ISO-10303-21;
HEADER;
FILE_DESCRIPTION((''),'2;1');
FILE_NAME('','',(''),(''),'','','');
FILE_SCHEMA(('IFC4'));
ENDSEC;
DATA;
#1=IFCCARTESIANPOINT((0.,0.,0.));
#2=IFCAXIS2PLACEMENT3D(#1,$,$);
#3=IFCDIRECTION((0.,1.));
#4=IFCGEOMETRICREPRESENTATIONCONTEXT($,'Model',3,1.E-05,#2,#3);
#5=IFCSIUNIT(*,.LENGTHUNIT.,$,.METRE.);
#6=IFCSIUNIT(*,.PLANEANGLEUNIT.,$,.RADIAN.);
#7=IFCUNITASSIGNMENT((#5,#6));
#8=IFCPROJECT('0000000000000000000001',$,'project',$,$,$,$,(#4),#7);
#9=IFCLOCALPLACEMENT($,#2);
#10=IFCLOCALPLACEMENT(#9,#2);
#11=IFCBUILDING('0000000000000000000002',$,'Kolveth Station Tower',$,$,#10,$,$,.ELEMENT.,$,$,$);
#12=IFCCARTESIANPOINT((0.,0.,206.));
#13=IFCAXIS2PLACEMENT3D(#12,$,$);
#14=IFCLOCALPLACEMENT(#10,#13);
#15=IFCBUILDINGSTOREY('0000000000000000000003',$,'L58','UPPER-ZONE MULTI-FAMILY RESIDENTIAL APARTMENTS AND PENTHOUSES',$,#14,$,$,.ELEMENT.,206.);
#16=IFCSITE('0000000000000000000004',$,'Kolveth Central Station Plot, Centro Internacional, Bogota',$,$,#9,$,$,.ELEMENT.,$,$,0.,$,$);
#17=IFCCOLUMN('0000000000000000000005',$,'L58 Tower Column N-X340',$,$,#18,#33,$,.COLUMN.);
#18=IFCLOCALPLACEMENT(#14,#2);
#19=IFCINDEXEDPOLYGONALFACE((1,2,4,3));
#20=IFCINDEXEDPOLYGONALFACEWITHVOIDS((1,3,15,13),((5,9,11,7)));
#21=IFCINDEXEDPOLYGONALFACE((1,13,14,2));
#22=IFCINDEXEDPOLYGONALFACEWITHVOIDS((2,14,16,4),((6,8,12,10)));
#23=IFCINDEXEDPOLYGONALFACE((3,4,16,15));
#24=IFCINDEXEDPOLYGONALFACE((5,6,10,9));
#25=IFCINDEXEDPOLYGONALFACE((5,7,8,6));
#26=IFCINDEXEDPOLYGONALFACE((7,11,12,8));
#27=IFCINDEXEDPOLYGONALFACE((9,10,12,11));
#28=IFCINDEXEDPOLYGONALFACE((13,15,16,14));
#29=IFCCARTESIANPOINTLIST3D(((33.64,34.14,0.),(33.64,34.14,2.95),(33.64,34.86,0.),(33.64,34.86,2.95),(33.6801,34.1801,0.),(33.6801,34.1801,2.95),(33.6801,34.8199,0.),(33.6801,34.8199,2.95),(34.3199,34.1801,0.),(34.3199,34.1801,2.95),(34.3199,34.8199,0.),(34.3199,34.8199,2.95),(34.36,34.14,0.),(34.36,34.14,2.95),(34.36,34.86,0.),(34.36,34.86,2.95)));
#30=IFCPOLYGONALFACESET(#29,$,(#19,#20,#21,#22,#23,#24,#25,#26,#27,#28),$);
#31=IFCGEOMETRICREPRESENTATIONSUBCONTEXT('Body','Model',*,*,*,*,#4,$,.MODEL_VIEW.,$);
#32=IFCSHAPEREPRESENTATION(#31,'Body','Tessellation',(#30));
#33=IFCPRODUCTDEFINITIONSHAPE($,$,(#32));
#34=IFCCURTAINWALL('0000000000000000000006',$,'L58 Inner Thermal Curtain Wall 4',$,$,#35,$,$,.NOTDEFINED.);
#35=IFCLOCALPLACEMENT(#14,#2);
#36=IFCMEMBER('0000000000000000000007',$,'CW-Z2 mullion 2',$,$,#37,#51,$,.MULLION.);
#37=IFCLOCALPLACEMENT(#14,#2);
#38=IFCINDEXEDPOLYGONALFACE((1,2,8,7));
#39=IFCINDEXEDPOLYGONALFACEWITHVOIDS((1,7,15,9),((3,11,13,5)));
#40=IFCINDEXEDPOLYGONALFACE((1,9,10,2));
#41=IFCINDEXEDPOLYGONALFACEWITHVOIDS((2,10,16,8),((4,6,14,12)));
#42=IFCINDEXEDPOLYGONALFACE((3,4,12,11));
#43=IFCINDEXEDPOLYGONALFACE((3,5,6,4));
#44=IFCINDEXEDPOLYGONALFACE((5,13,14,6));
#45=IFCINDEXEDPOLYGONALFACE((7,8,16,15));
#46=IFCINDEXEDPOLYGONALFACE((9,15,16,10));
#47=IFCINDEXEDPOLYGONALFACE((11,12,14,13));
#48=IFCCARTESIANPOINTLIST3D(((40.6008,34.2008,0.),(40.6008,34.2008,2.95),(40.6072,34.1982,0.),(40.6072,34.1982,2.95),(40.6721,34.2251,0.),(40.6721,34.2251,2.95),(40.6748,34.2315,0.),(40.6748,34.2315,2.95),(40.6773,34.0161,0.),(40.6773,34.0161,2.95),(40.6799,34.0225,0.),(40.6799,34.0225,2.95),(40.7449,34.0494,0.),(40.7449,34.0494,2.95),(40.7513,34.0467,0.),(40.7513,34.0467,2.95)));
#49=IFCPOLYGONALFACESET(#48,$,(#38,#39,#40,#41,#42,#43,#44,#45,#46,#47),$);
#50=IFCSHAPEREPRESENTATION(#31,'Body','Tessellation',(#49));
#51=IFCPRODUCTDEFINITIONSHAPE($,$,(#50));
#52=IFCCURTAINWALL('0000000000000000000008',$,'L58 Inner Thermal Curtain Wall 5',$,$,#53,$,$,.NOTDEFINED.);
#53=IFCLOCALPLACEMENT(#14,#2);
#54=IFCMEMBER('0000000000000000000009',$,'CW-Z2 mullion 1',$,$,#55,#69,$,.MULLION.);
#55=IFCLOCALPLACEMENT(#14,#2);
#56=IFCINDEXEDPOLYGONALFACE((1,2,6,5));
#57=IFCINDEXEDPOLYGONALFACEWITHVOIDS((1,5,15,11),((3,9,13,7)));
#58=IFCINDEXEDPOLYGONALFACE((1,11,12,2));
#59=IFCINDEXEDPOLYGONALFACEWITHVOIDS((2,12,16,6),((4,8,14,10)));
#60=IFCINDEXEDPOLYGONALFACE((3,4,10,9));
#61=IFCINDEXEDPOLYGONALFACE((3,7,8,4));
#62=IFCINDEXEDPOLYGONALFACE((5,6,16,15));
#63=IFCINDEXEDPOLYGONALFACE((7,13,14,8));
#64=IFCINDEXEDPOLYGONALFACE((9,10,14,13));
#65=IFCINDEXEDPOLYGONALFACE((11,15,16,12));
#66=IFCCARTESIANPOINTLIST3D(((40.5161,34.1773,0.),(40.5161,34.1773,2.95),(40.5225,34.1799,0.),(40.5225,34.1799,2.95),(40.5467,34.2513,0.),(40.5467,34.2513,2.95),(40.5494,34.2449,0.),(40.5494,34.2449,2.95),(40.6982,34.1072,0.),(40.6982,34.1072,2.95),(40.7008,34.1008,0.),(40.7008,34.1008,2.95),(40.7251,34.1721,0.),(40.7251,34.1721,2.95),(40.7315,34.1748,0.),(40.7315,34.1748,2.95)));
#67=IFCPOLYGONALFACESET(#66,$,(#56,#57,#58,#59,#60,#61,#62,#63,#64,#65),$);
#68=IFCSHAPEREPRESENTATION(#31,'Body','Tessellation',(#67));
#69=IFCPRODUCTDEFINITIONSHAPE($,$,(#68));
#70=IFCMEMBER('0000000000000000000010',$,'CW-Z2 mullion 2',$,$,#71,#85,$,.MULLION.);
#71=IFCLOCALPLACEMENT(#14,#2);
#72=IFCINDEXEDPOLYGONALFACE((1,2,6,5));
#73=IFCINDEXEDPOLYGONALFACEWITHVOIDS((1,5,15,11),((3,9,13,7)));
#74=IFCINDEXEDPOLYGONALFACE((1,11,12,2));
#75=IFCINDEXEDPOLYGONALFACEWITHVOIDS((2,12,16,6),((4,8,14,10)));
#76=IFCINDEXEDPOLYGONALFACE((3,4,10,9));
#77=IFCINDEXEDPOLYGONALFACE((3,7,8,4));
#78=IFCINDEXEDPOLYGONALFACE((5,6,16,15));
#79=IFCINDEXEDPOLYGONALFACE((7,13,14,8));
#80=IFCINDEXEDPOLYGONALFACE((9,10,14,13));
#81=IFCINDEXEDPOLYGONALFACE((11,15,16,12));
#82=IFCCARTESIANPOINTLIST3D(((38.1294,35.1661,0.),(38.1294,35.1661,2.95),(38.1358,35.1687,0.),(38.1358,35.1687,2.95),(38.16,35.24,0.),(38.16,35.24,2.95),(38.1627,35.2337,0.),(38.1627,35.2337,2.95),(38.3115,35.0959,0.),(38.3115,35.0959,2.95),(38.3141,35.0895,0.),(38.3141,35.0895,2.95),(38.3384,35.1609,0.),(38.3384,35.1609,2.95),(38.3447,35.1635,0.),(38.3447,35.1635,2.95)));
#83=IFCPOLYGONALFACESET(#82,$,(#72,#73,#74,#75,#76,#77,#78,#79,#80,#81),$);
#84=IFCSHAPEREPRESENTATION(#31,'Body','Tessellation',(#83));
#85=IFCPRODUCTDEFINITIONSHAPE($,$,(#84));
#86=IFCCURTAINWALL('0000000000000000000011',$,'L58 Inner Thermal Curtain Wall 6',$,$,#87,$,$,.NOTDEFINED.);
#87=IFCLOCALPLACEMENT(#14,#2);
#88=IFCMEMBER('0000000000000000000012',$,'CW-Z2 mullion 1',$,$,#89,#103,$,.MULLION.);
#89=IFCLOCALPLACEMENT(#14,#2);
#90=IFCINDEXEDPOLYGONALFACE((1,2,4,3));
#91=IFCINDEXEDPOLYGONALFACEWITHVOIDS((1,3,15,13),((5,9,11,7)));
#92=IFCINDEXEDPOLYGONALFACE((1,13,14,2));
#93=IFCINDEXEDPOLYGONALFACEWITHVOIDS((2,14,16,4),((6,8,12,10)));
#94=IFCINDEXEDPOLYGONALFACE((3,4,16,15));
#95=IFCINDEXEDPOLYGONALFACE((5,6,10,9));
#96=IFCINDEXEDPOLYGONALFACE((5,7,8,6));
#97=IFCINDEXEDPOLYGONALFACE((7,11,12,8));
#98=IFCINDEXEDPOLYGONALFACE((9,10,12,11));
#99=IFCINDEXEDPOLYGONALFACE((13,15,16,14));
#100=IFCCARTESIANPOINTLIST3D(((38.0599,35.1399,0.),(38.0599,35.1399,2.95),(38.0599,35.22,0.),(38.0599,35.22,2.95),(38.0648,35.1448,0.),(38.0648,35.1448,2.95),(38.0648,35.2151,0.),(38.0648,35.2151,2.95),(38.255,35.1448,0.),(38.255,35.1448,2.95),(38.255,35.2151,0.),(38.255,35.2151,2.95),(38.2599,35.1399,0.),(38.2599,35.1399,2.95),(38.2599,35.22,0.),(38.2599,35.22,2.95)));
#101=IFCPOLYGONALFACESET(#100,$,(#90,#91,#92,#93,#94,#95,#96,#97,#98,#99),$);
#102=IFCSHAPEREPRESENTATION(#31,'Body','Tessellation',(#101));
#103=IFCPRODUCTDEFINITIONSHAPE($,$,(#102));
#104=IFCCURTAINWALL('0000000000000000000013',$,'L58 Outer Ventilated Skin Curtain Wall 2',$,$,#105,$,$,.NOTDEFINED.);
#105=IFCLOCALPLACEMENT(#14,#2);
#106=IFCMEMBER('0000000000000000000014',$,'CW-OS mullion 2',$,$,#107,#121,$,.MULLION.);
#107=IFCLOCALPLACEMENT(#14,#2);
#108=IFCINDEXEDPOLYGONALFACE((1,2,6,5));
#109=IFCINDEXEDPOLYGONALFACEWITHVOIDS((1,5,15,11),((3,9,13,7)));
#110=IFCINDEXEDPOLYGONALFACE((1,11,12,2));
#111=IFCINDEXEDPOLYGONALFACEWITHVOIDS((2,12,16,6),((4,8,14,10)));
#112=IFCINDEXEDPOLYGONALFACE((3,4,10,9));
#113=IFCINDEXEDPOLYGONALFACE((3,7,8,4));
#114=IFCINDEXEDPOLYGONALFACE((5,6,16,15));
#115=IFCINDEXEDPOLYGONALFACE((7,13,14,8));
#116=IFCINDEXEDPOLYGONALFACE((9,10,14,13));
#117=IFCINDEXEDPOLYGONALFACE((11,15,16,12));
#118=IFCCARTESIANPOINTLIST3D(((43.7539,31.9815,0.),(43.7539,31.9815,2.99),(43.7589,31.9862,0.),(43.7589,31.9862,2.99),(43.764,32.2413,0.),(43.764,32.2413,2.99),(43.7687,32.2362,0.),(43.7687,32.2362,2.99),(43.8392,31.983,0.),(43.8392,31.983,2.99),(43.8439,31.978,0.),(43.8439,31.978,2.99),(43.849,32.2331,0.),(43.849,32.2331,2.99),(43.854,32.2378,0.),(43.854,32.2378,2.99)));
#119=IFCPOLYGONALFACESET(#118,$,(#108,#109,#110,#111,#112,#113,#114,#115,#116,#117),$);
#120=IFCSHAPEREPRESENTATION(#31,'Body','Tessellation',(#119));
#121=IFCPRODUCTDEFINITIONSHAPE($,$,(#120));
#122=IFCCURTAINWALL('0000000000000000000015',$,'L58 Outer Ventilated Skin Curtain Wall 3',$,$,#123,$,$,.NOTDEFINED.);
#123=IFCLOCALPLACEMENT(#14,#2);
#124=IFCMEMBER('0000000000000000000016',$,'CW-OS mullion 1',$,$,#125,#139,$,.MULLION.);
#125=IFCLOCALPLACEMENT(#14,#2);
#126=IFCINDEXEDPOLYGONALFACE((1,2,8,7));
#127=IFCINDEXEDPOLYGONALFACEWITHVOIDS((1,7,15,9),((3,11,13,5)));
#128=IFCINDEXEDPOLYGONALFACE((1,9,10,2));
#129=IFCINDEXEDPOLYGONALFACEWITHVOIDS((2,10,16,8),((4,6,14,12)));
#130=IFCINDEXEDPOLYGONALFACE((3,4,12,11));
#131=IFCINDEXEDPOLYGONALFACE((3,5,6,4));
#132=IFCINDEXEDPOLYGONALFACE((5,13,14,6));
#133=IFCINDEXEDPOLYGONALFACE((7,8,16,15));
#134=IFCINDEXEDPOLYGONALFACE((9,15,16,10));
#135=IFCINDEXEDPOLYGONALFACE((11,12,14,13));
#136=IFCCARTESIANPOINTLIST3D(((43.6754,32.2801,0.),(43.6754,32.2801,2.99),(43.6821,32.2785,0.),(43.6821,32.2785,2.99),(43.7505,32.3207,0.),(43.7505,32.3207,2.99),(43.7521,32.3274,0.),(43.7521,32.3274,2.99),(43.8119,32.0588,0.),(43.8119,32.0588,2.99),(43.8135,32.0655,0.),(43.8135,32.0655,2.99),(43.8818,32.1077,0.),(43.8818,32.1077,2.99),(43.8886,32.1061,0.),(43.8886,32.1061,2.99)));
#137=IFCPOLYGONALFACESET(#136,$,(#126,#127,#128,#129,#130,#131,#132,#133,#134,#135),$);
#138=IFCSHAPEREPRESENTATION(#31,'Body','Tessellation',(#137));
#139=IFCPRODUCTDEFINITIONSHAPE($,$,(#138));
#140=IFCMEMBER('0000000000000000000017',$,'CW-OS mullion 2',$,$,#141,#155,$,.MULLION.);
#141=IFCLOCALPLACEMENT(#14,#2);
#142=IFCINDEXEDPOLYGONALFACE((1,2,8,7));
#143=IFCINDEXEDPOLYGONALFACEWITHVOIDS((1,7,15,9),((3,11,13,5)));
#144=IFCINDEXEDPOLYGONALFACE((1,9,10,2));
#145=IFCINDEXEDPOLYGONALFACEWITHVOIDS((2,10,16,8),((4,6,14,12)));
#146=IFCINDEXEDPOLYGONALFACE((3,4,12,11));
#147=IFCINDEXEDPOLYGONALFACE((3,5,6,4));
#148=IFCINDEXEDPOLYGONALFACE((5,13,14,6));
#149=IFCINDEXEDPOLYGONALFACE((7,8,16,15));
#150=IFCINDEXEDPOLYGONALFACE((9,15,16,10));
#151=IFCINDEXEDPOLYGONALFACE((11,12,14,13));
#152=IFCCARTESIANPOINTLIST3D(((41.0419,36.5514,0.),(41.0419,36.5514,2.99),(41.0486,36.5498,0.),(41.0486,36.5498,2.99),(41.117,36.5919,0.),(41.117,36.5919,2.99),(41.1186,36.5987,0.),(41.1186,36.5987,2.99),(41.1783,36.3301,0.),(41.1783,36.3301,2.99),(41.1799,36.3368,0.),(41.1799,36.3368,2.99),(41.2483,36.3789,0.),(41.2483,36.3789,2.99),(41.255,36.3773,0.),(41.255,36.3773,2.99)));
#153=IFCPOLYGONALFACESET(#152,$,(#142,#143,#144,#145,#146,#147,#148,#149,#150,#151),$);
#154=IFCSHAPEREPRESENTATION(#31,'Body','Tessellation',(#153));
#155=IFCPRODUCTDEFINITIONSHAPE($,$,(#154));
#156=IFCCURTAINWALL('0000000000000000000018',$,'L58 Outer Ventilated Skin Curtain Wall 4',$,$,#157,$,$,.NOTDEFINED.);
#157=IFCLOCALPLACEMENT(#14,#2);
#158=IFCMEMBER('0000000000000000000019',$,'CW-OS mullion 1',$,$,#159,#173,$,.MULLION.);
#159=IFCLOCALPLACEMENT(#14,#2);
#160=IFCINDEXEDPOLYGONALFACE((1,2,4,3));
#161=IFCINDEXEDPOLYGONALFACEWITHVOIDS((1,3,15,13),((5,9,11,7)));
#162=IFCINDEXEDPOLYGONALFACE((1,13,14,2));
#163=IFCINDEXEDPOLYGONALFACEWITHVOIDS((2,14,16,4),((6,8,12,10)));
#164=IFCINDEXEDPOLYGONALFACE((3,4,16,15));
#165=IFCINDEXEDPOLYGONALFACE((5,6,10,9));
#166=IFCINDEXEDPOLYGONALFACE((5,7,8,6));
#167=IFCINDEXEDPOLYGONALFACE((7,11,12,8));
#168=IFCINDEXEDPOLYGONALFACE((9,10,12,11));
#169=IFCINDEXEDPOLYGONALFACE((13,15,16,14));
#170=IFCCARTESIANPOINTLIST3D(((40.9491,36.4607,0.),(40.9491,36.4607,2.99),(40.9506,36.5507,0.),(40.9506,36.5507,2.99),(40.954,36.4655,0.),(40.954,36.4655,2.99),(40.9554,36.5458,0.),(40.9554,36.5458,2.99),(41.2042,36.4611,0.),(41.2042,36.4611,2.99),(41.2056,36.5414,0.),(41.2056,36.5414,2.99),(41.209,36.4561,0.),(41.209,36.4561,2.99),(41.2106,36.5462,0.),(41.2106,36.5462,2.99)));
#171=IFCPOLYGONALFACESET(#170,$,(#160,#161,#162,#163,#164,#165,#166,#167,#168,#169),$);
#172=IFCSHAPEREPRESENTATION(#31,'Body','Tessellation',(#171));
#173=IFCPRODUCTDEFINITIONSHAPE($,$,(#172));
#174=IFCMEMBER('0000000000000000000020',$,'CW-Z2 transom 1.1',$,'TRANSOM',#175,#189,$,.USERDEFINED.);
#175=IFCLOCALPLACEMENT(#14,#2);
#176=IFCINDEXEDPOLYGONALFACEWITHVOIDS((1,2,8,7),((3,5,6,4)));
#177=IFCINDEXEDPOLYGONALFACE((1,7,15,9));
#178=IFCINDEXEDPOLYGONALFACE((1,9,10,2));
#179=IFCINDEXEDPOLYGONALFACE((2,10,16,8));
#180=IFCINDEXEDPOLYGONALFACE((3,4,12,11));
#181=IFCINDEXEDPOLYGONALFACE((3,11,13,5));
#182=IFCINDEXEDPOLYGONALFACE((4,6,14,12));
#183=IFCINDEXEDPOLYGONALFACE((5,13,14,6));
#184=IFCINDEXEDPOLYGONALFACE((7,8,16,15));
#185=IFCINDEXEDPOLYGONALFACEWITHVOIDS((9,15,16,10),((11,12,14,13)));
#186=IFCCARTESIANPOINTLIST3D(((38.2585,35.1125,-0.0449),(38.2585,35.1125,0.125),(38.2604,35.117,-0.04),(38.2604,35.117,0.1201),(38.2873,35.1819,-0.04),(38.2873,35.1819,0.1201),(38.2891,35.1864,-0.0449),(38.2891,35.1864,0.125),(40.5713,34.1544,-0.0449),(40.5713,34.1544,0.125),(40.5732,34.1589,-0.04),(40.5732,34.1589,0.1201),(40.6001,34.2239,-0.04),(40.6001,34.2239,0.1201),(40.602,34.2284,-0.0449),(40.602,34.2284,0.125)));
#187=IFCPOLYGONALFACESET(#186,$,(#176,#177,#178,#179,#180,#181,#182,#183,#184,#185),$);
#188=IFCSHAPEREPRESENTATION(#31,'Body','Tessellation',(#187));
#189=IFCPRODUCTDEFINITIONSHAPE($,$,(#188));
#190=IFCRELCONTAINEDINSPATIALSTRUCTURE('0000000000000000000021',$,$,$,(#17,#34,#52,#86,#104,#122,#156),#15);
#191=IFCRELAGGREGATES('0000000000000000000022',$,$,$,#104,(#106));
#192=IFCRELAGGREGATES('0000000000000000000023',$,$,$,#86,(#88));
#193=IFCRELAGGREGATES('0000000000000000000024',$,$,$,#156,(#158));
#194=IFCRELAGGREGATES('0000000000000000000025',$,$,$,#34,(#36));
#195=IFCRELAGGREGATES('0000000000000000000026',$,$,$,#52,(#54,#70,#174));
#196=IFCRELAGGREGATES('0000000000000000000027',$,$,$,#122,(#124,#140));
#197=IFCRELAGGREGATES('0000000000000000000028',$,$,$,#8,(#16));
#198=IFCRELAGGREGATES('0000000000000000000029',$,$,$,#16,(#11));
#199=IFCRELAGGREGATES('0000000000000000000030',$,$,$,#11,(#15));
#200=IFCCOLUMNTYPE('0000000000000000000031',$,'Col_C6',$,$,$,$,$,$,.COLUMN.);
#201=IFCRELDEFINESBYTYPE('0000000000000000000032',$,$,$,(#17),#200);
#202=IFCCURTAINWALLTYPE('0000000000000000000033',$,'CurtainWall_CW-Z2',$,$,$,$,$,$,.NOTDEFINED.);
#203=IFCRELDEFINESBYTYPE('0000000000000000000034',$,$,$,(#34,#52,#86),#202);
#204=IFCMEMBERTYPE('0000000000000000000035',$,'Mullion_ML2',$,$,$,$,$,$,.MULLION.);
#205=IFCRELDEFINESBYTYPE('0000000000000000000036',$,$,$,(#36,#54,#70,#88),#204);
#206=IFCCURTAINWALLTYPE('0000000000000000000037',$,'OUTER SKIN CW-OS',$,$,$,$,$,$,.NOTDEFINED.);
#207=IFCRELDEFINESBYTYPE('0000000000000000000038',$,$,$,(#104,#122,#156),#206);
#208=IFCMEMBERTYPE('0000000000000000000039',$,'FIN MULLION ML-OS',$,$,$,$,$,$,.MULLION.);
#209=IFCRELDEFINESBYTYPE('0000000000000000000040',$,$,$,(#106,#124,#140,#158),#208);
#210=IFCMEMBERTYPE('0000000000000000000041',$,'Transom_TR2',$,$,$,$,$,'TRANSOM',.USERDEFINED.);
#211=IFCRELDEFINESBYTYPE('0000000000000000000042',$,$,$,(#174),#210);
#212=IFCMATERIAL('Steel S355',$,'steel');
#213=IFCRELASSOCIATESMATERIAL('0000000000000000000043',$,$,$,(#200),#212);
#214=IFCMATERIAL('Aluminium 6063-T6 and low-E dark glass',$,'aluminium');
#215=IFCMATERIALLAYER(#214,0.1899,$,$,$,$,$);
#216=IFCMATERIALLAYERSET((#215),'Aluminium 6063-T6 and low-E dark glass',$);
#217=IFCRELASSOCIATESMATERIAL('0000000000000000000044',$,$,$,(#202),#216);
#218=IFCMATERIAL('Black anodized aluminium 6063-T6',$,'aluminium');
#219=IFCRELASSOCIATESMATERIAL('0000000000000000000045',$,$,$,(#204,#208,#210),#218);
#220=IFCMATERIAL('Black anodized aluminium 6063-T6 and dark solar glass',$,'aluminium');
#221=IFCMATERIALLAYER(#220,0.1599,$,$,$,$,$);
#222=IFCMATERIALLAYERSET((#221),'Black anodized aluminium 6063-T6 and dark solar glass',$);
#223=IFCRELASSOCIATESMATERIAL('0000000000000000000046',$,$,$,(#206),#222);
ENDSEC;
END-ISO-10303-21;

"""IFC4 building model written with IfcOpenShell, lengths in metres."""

from ifc_helpers import new_model, si_unit, direction, frame, origin, origin_2d, place, context, subcontext, project, spatial, hollow_rectangle, extrude, source, transform, mapped, material, layer, layer_set, material_profile, profile_set, type_object, element, aggregate, save


model = new_model("IFC4")

# Units and contexts
model_context = context("Model", 3, precision=1e-05, world=origin(), true_north=direction((0.0, 1.0)))
body_context = subcontext(model_context, "Body", "Model", "MODEL_VIEW")
ifc_project = project(units=[si_unit("LENGTHUNIT", "METRE"), si_unit("PLANEANGLEUNIT", "RADIAN")], contexts=[model_context])

# Site, building, storey
site_placement = place(None, origin())
site = spatial("IfcSite", under=ifc_project, at=site_placement, Name="Kolveth Central Station Plot, Centro Internacional, Bogota", CompositionType="ELEMENT", RefElevation=0.0)
building_placement = place(site_placement, origin())
building = spatial("IfcBuilding", under=site, at=building_placement, Name="Kolveth Station Tower", CompositionType="ELEMENT")
storey_placement = place(building_placement, frame((0.0, 0.0, 206.0)))
storey = spatial("IfcBuildingStorey", under=building, at=storey_placement, Name="L58", Description="UPPER-ZONE MULTI-FAMILY RESIDENTIAL APARTMENTS AND PENTHOUSES", CompositionType="ELEMENT", Elevation=206.0)

# Column
ifc_material_1 = material(Name="Steel S355", Category="steel")
ifc_material_profile_1 = material_profile(ifc_material_1, hollow_rectangle(XDim=0.72, YDim=0.72, WallThickness=0.04, at=origin_2d()), Name="BOX720x720x40")
ifc_profile_set_1 = profile_set([ifc_material_profile_1], Name="Steel S355")
column_type = type_object("IfcColumnType", Name="Col_C6", PredefinedType="COLUMN", material=ifc_profile_set_1)
shared_shape_1 = source(origin(), body_context, "Body", "SweptSolid", [
    extrude(hollow_rectangle(XDim=0.72, YDim=0.72, WallThickness=0.04, at=origin_2d()), origin(), (0.0, 0.0, 1.0), 2.95),
])
column_placement = place(storey_placement, frame((34.0, 34.5, 0.0), z_axis=(0.0, 0.0, 1.0), x_axis=(1.0, 0.0, 0.0)))
element("IfcColumn", 1, at=column_placement, inside=storey, type_object=column_type, Name="L58 Tower Column N-X340", PredefinedType="COLUMN", context=body_context, shape_type="MappedRepresentation", body=[
    mapped(shared_shape_1, transform((0.0, 0.0, 0.0), x_axis=(1.0, 0.0, 0.0), y_axis=(0.0, 1.0, 0.0), z_axis=(0.0, 0.0, 1.0), scale=1.0)),
])

# Curtain wall, member
ifc_material_2 = material(Name="Aluminium 6063-T6 and low-E dark glass", Category="aluminium")
ifc_layer_1 = layer(ifc_material_2, 0.1899)
ifc_layer_set_1 = layer_set([ifc_layer_1], Name="Aluminium 6063-T6 and low-E dark glass")
curtain_wall_type_1 = type_object("IfcCurtainWallType", Name="CurtainWall_CW-Z2", PredefinedType="NOTDEFINED", material=ifc_layer_set_1)
curtain_wall_1_placement = place(storey_placement, origin())
curtain_wall_1 = element("IfcCurtainWall", 2, at=curtain_wall_1_placement, inside=storey, type_object=curtain_wall_type_1, Name="L58 Inner Thermal Curtain Wall 4", PredefinedType="NOTDEFINED")
ifc_material_3 = material(Name="Black anodized aluminium 6063-T6", Category="aluminium")
ifc_material_profile_2 = material_profile(ifc_material_3, hollow_rectangle(XDim=0.0801, YDim=0.2, WallThickness=0.0049, at=origin_2d()), Name="ALU-80x200x5")
ifc_profile_set_2 = profile_set([ifc_material_profile_2], Name="Black anodized aluminium 6063-T6")
member_type_1 = type_object("IfcMemberType", Name="Mullion_ML2", PredefinedType="MULLION", material=ifc_profile_set_2)
shared_shape_2 = source(origin(), body_context, "Body", "SweptSolid", [
    extrude(hollow_rectangle(XDim=0.0801, YDim=0.2, WallThickness=0.0049, at=origin_2d()), origin(), (0.0, 0.0, 1.0), 2.95),
])
member_1_placement = place(storey_placement, frame((40.676, 34.1238, 0.0), z_axis=(0.0, 0.0, 1.0), x_axis=(-0.923874, -0.382698, 0.0)))
member_1 = element("IfcMember", 3, at=member_1_placement, type_object=member_type_1, Name="CW-Z2 mullion 2", PredefinedType="MULLION", context=body_context, shape_type="MappedRepresentation", body=[
    mapped(shared_shape_2, transform((0.0, 0.0, 0.0), x_axis=(1.0, 0.0, 0.0), y_axis=(0.0, 1.0, 0.0), z_axis=(0.0, 0.0, 1.0), scale=1.0)),
])

# Curtain wall, members
curtain_wall_2_placement = place(storey_placement, origin())
curtain_wall_2 = element("IfcCurtainWall", 4, at=curtain_wall_2_placement, inside=storey, type_object=curtain_wall_type_1, Name="L58 Inner Thermal Curtain Wall 5", PredefinedType="NOTDEFINED")
member_2_placement = place(storey_placement, frame((40.6238, 34.176, 0.0), z_axis=(0.0, 0.0, 1.0), x_axis=(-0.382698, -0.923874, 0.0)))
member_2 = element("IfcMember", 5, at=member_2_placement, type_object=member_type_1, Name="CW-Z2 mullion 1", PredefinedType="MULLION", context=body_context, shape_type="MappedRepresentation", body=[
    mapped(shared_shape_2, transform((0.0, 0.0, 0.0), x_axis=(1.0, 0.0, 0.0), y_axis=(0.0, 1.0, 0.0), z_axis=(0.0, 0.0, 1.0), scale=1.0)),
])
member_3_placement = place(storey_placement, frame((38.2371, 35.1648, 0.0), z_axis=(0.0, 0.0, 1.0), x_axis=(-0.382698, -0.923874, 0.0)))
member_3 = element("IfcMember", 6, at=member_3_placement, type_object=member_type_1, Name="CW-Z2 mullion 2", PredefinedType="MULLION", context=body_context, shape_type="MappedRepresentation", body=[
    mapped(shared_shape_2, transform((0.0, 0.0, 0.0), x_axis=(1.0, 0.0, 0.0), y_axis=(0.0, 1.0, 0.0), z_axis=(0.0, 0.0, 1.0), scale=1.0)),
])

# Curtain walls, members
curtain_wall_3_placement = place(storey_placement, origin())
curtain_wall_3 = element("IfcCurtainWall", 7, at=curtain_wall_3_placement, inside=storey, type_object=curtain_wall_type_1, Name="L58 Inner Thermal Curtain Wall 6", PredefinedType="NOTDEFINED")
member_4_placement = place(storey_placement, frame((38.1599, 35.1799, 0.0), z_axis=(0.0, 0.0, 1.0), x_axis=(0.0, -1.0, 0.0)))
member_4 = element("IfcMember", 8, at=member_4_placement, type_object=member_type_1, Name="CW-Z2 mullion 1", PredefinedType="MULLION", context=body_context, shape_type="MappedRepresentation", body=[
    mapped(shared_shape_2, transform((0.0, 0.0, 0.0), x_axis=(1.0, 0.0, 0.0), y_axis=(0.0, 1.0, 0.0), z_axis=(0.0, 0.0, 1.0), scale=1.0)),
])
ifc_material_4 = material(Name="Black anodized aluminium 6063-T6 and dark solar glass", Category="aluminium")
ifc_layer_2 = layer(ifc_material_4, 0.1599)
ifc_layer_set_2 = layer_set([ifc_layer_2], Name="Black anodized aluminium 6063-T6 and dark solar glass")
curtain_wall_type_2 = type_object("IfcCurtainWallType", Name="OUTER SKIN CW-OS", PredefinedType="NOTDEFINED", material=ifc_layer_set_2)
curtain_wall_4_placement = place(storey_placement, origin())
curtain_wall_4 = element("IfcCurtainWall", 9, at=curtain_wall_4_placement, inside=storey, type_object=curtain_wall_type_2, Name="L58 Outer Ventilated Skin Curtain Wall 2", PredefinedType="NOTDEFINED")
ifc_material_profile_3 = material_profile(ifc_material_3, hollow_rectangle(XDim=0.0901, YDim=0.26, WallThickness=0.0049, at=origin_2d()), Name="ALU-90x260x5")
ifc_profile_set_3 = profile_set([ifc_material_profile_3], Name="Black anodized aluminium 6063-T6")
member_type_2 = type_object("IfcMemberType", Name="FIN MULLION ML-OS", PredefinedType="MULLION", material=ifc_profile_set_3)
shared_shape_3 = source(origin(), body_context, "Body", "SweptSolid", [
    extrude(hollow_rectangle(XDim=0.0901, YDim=0.26, WallThickness=0.0049, at=origin_2d()), origin(), (0.0, 0.0, 1.0), 2.99),
])
member_5_placement = place(storey_placement, frame((43.804, 32.1096, 0.0), z_axis=(0.0, 0.0, 1.0), x_axis=(-0.999237, 0.039051, 0.0)))
member_5 = element("IfcMember", 10, at=member_5_placement, type_object=member_type_2, Name="CW-OS mullion 2", PredefinedType="MULLION", context=body_context, shape_type="MappedRepresentation", body=[
    mapped(shared_shape_3, transform((0.0, 0.0, 0.0), x_axis=(1.0, 0.0, 0.0), y_axis=(0.0, 1.0, 0.0), z_axis=(0.0, 0.0, 1.0), scale=1.0)),
])
aggregate(curtain_wall_4, [member_5])

# Curtain wall, members
curtain_wall_5_placement = place(storey_placement, origin())
curtain_wall_5 = element("IfcCurtainWall", 11, at=curtain_wall_5_placement, inside=storey, type_object=curtain_wall_type_2, Name="L58 Outer Ventilated Skin Curtain Wall 3", PredefinedType="NOTDEFINED")
member_6_placement = place(storey_placement, frame((43.782, 32.1931, 0.0), z_axis=(0.0, 0.0, 1.0), x_axis=(-0.85122, -0.524808, 0.0)))
member_6 = element("IfcMember", 12, at=member_6_placement, type_object=member_type_2, Name="CW-OS mullion 1", PredefinedType="MULLION", context=body_context, shape_type="MappedRepresentation", body=[
    mapped(shared_shape_3, transform((0.0, 0.0, 0.0), x_axis=(1.0, 0.0, 0.0), y_axis=(0.0, 1.0, 0.0), z_axis=(0.0, 0.0, 1.0), scale=1.0)),
])
member_7_placement = place(storey_placement, frame((41.1484, 36.4644, 0.0), z_axis=(0.0, 0.0, 1.0), x_axis=(-0.85122, -0.524808, 0.0)))
member_7 = element("IfcMember", 13, at=member_7_placement, type_object=member_type_2, Name="CW-OS mullion 2", PredefinedType="MULLION", context=body_context, shape_type="MappedRepresentation", body=[
    mapped(shared_shape_3, transform((0.0, 0.0, 0.0), x_axis=(1.0, 0.0, 0.0), y_axis=(0.0, 1.0, 0.0), z_axis=(0.0, 0.0, 1.0), scale=1.0)),
])

# Curtain wall, member
curtain_wall_6_placement = place(storey_placement, origin())
curtain_wall_6 = element("IfcCurtainWall", 14, at=curtain_wall_6_placement, inside=storey, type_object=curtain_wall_type_2, Name="L58 Outer Ventilated Skin Curtain Wall 4", PredefinedType="NOTDEFINED")
member_8_placement = place(storey_placement, frame((41.0798, 36.5034, 0.0), z_axis=(0.0, 0.0, 1.0), x_axis=(-0.017533, -0.999846, 0.0)))
member_8 = element("IfcMember", 15, at=member_8_placement, type_object=member_type_2, Name="CW-OS mullion 1", PredefinedType="MULLION", context=body_context, shape_type="MappedRepresentation", body=[
    mapped(shared_shape_3, transform((0.0, 0.0, 0.0), x_axis=(1.0, 0.0, 0.0), y_axis=(0.0, 1.0, 0.0), z_axis=(0.0, 0.0, 1.0), scale=1.0)),
])

# Member
ifc_material_profile_4 = material_profile(ifc_material_3, hollow_rectangle(XDim=0.0801, YDim=0.1699, WallThickness=0.0049, at=origin_2d()), Name="ALU-80x170x5")
ifc_profile_set_4 = profile_set([ifc_material_profile_4], Name="Black anodized aluminium 6063-T6")
member_type_3 = type_object("IfcMemberType", Name="Transom_TR2", ElementType="TRANSOM", PredefinedType="USERDEFINED", material=ifc_profile_set_4)
shared_shape_4 = source(origin(), body_context, "Body", "SweptSolid", [
    extrude(hollow_rectangle(XDim=0.0801, YDim=0.1699, WallThickness=0.0049, at=origin_2d()), origin(), (0.0, 0.0, 1.0), 2.5034),
])
member_9_placement = place(storey_placement, frame((40.5867, 34.1914, 0.04), z_axis=(-0.923874, 0.382696, 0.0), x_axis=(-0.382696, -0.923874, 0.0)))
member_9 = element("IfcMember", 16, at=member_9_placement, type_object=member_type_3, Name="CW-Z2 transom 1.1", ObjectType="TRANSOM", PredefinedType="USERDEFINED", context=body_context, shape_type="MappedRepresentation", body=[
    mapped(shared_shape_4, transform((0.0, 0.0, 0.0), x_axis=(1.0, 0.0, 0.0), y_axis=(0.0, 1.0, 0.0), z_axis=(0.0, 0.0, 1.0), scale=1.0)),
])
aggregate(curtain_wall_3, [member_4])
aggregate(curtain_wall_6, [member_8])

aggregate(curtain_wall_1, [member_1])
aggregate(curtain_wall_2, [member_2, member_3, member_9])
aggregate(curtain_wall_5, [member_6, member_7])

save(model, "model.ifc")
